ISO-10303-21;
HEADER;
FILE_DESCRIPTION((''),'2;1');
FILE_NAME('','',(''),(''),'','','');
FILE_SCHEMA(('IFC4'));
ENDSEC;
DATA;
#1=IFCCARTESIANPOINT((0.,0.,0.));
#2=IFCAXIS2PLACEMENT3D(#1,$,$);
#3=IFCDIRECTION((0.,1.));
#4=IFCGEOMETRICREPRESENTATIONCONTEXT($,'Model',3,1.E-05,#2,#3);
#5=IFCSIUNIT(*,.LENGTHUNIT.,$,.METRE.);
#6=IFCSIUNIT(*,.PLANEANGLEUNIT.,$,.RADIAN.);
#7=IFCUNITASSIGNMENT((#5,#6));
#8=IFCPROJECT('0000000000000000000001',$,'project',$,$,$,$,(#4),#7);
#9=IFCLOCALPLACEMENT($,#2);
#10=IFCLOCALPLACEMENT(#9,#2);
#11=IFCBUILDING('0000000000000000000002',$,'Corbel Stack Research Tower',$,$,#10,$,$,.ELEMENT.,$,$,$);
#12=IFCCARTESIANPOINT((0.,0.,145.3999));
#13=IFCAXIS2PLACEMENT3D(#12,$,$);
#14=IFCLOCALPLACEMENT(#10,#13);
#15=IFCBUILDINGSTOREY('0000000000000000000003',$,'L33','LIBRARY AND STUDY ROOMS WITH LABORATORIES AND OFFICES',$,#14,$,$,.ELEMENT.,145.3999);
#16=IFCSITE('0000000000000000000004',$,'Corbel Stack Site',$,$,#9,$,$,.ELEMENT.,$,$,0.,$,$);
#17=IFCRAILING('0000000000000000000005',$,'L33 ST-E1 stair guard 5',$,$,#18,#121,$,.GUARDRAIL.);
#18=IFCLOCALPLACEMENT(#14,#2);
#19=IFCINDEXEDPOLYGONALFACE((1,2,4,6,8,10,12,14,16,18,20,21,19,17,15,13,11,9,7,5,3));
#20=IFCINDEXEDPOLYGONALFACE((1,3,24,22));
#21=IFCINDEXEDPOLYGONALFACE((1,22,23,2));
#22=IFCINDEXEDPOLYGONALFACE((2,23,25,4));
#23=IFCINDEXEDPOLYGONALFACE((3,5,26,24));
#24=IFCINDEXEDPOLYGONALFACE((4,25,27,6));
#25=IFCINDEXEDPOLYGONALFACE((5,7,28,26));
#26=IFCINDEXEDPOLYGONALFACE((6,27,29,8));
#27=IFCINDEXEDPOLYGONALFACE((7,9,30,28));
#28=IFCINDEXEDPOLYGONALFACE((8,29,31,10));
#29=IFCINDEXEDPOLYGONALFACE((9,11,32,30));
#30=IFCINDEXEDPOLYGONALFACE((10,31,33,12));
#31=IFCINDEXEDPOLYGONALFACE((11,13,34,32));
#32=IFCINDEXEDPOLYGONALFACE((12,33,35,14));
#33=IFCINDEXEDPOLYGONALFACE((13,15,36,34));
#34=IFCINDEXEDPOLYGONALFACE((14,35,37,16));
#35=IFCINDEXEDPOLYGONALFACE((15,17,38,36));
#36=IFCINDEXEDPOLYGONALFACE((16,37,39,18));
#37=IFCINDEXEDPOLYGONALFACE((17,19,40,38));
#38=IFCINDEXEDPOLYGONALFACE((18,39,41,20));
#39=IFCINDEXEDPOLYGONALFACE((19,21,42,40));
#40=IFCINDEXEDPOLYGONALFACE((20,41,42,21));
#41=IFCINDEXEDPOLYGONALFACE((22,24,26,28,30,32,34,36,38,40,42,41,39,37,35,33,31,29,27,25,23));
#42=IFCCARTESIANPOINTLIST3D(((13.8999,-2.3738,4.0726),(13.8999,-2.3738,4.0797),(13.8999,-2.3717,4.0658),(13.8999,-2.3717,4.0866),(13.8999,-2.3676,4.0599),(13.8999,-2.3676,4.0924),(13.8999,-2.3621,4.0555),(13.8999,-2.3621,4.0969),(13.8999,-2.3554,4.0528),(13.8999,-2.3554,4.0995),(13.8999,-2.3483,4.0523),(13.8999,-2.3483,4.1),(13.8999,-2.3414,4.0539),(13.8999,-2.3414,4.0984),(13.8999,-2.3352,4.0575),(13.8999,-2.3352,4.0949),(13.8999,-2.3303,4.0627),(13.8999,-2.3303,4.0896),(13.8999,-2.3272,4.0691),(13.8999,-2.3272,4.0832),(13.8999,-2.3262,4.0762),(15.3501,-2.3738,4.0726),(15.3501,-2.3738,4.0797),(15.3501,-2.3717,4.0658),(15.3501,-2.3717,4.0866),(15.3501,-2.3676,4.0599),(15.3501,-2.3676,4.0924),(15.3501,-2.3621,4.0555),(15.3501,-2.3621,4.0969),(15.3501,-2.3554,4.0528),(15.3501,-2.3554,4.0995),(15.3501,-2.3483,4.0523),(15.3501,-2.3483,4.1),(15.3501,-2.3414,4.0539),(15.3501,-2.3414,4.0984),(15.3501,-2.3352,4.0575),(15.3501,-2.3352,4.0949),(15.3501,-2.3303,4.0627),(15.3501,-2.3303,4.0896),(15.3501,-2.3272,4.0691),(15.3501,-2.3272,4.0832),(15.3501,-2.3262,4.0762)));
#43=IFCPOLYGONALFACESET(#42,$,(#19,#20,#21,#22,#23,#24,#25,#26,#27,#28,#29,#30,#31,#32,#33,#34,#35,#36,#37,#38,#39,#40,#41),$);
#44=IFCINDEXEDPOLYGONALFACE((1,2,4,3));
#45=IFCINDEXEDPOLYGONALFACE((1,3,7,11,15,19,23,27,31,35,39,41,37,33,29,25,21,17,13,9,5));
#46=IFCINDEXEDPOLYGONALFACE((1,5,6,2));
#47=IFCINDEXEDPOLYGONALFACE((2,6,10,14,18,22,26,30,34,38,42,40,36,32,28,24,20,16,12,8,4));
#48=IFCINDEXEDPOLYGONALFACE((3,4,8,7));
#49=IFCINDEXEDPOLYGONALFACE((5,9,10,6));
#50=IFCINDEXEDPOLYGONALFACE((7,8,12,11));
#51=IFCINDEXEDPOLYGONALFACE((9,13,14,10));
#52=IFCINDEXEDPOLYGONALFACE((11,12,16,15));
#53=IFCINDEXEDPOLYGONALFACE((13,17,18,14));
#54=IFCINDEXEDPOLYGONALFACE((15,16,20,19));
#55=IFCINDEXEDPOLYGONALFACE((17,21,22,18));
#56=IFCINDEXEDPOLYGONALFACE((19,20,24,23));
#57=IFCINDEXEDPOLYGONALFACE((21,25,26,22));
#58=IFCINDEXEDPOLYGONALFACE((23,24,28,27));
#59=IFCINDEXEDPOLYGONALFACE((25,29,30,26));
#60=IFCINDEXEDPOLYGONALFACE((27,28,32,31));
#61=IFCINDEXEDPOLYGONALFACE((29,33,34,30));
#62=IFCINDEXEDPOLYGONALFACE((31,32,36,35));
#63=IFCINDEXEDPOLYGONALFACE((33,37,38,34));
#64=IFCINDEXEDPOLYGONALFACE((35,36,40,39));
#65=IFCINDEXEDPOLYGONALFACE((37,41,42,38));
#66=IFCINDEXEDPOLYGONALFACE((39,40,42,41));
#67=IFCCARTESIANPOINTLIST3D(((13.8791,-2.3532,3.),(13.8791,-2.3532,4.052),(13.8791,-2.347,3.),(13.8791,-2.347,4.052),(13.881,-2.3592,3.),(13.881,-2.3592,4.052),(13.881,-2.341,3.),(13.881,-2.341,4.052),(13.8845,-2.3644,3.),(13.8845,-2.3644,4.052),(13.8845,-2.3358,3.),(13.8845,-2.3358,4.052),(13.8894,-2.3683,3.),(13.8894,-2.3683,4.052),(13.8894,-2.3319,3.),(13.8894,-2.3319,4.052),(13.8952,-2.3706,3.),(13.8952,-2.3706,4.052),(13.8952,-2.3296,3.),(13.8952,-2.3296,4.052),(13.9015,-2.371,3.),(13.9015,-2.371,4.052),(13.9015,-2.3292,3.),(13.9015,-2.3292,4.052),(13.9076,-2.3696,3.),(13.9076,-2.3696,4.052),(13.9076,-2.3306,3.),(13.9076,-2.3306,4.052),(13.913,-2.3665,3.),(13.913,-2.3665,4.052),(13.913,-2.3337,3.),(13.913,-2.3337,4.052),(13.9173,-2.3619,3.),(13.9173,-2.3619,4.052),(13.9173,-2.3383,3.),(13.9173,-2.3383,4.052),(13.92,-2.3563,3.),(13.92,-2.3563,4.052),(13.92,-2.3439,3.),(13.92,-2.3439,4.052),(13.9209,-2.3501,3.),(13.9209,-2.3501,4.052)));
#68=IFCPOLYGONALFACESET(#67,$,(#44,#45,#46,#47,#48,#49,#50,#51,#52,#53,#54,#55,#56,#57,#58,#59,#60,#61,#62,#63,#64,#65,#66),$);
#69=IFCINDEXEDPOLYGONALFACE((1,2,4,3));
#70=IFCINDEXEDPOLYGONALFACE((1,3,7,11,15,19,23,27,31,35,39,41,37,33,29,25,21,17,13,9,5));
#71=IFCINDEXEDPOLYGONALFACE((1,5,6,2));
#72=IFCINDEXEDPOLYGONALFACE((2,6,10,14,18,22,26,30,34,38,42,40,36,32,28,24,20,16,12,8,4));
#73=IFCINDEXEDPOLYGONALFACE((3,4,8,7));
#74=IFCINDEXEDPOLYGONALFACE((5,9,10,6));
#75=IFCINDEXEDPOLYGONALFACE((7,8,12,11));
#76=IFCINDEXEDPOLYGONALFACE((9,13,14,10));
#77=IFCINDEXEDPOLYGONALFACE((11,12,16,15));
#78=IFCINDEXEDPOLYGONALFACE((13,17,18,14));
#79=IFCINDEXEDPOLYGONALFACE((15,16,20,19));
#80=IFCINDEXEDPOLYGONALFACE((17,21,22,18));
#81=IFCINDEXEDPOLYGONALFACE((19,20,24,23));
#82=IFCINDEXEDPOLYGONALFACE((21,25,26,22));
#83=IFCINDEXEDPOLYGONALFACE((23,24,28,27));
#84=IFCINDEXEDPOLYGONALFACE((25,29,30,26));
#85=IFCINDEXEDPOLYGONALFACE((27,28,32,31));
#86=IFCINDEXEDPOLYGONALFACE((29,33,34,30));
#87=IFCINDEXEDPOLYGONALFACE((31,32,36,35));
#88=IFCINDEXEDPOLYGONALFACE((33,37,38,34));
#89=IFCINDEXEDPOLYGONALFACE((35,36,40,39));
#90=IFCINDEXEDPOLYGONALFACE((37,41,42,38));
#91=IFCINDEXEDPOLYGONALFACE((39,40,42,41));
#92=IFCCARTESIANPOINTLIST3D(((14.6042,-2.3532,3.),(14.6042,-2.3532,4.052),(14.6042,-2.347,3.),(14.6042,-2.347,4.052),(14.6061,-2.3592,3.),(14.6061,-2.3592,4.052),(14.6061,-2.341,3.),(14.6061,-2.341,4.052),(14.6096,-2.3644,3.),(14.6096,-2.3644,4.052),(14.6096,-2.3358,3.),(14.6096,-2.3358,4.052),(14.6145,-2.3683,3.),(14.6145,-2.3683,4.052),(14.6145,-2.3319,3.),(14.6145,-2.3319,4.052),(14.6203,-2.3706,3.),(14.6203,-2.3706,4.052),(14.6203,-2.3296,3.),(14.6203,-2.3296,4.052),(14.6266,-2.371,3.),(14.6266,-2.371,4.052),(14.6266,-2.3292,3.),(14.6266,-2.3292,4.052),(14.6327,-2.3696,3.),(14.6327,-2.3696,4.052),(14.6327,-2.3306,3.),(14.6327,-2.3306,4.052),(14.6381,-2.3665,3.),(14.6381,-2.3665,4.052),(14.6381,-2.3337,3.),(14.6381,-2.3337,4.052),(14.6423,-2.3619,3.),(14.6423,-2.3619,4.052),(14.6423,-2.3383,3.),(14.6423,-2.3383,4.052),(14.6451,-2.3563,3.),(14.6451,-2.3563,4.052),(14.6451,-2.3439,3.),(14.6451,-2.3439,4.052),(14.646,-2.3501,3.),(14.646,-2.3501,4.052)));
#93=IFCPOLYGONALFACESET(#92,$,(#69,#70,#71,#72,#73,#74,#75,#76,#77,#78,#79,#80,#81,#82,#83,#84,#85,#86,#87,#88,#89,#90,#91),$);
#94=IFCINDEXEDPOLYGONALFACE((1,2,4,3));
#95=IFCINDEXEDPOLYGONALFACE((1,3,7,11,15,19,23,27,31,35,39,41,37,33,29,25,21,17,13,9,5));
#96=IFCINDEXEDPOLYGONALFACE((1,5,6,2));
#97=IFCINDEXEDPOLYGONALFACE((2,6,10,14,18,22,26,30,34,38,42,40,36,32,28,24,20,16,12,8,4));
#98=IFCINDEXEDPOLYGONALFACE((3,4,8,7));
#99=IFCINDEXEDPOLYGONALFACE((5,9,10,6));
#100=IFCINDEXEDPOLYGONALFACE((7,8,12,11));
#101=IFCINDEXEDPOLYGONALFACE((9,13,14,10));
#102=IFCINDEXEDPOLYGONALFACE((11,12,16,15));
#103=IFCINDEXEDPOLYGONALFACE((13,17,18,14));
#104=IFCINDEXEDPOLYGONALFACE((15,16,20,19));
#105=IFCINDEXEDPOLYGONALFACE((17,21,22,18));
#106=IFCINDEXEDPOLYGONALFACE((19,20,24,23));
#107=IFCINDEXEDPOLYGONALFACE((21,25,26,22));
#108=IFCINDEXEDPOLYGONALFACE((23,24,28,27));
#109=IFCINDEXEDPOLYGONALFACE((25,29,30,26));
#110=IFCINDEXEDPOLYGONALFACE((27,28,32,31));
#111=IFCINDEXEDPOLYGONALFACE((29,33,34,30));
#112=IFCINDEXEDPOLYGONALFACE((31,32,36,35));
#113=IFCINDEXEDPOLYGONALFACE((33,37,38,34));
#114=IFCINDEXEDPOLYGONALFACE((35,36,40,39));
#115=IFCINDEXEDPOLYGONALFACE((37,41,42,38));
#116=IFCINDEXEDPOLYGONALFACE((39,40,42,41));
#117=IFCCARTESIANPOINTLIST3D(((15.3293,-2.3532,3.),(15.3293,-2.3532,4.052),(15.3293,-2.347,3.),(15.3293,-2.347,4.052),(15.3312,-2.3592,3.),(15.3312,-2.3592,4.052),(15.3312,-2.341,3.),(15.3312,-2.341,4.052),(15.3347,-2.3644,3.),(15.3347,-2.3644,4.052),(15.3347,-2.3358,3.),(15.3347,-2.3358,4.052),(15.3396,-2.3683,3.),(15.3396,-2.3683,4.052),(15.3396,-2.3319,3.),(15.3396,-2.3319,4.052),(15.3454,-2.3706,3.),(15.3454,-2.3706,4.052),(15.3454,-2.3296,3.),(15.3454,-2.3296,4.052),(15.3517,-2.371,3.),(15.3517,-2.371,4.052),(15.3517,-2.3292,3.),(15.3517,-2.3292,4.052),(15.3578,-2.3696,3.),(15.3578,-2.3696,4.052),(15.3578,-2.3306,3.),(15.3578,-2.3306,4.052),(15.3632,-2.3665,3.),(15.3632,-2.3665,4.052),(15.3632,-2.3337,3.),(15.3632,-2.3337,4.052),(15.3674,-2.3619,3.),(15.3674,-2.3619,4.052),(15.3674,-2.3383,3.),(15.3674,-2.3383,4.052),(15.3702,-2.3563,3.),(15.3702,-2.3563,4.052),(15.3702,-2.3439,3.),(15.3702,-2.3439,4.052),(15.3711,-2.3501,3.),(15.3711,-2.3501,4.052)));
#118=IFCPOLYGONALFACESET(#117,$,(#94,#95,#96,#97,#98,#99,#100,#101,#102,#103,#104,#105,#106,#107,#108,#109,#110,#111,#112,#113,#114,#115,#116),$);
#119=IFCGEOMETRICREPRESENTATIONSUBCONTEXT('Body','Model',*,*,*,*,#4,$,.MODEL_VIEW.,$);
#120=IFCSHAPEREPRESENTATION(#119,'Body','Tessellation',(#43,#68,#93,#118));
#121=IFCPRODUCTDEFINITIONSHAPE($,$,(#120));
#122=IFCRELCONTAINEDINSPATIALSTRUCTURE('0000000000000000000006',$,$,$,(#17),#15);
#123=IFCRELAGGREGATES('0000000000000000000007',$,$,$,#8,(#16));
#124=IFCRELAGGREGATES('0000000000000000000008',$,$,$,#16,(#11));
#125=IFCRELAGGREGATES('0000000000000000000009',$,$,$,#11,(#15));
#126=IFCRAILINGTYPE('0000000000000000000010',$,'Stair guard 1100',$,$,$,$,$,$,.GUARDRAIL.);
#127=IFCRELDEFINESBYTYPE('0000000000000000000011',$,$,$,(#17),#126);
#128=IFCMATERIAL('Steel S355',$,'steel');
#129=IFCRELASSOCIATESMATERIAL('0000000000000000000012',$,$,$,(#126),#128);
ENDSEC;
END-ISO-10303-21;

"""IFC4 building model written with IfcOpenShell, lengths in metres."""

from ifc_helpers import new_model, si_unit, direction, frame, origin, origin_2d, place, context, subcontext, project, spatial, circle, extrude, material, type_object, element, save


model = new_model("IFC4")

# Units and contexts
model_context = context("Model", 3, precision=1e-05, world=origin(), true_north=direction((0.0, 1.0)))
body_context = subcontext(model_context, "Body", "Model", "MODEL_VIEW")
ifc_project = project(units=[si_unit("LENGTHUNIT", "METRE"), si_unit("PLANEANGLEUNIT", "RADIAN")], contexts=[model_context])

# Site, building, storey
site_placement = place(None, origin())
site = spatial("IfcSite", under=ifc_project, at=site_placement, Name="Corbel Stack Site", CompositionType="ELEMENT", RefElevation=0.0)
building_placement = place(site_placement, origin())
building = spatial("IfcBuilding", under=site, at=building_placement, Name="Corbel Stack Research Tower", CompositionType="ELEMENT")
storey_placement = place(building_placement, frame((0.0, 0.0, 145.3999)))
storey = spatial("IfcBuildingStorey", under=building, at=storey_placement, Name="L33", Description="LIBRARY AND STUDY ROOMS WITH LABORATORIES AND OFFICES", CompositionType="ELEMENT", Elevation=145.3999)

# Railing
ifc_material_1 = material(Name="Steel S355", Category="steel")
railing_type_1 = type_object("IfcRailingType", Name="Stair guard 1100", PredefinedType="GUARDRAIL", material=ifc_material_1)
railing_1_placement = place(storey_placement, frame((13.8999, -2.3501, 3.0)))
element("IfcRailing", 1, at=railing_1_placement, inside=storey, type_object=railing_type_1, Name="L33 ST-E1 stair guard 5", PredefinedType="GUARDRAIL", context=body_context, shape_type="SweptSolid", body=[
    extrude(circle(Radius=0.0239, at=origin_2d()), frame((0.0, 0.0, 1.0762), z_axis=(1.0, 0.0, 0.0), x_axis=(0.0, 1.0, 0.0)), (0.0, 0.0, 1.0), 1.4502),
    extrude(circle(Radius=0.021, at=origin_2d()), origin(), (0.0, 0.0, 1.0), 1.052),
    extrude(circle(Radius=0.021, at=origin_2d()), frame((0.7251, 0.0, 0.0)), (0.0, 0.0, 1.0), 1.052),
    extrude(circle(Radius=0.021, at=origin_2d()), frame((1.4502, 0.0, 0.0)), (0.0, 0.0, 1.0), 1.052),
])

save(model, "model.ifc")
